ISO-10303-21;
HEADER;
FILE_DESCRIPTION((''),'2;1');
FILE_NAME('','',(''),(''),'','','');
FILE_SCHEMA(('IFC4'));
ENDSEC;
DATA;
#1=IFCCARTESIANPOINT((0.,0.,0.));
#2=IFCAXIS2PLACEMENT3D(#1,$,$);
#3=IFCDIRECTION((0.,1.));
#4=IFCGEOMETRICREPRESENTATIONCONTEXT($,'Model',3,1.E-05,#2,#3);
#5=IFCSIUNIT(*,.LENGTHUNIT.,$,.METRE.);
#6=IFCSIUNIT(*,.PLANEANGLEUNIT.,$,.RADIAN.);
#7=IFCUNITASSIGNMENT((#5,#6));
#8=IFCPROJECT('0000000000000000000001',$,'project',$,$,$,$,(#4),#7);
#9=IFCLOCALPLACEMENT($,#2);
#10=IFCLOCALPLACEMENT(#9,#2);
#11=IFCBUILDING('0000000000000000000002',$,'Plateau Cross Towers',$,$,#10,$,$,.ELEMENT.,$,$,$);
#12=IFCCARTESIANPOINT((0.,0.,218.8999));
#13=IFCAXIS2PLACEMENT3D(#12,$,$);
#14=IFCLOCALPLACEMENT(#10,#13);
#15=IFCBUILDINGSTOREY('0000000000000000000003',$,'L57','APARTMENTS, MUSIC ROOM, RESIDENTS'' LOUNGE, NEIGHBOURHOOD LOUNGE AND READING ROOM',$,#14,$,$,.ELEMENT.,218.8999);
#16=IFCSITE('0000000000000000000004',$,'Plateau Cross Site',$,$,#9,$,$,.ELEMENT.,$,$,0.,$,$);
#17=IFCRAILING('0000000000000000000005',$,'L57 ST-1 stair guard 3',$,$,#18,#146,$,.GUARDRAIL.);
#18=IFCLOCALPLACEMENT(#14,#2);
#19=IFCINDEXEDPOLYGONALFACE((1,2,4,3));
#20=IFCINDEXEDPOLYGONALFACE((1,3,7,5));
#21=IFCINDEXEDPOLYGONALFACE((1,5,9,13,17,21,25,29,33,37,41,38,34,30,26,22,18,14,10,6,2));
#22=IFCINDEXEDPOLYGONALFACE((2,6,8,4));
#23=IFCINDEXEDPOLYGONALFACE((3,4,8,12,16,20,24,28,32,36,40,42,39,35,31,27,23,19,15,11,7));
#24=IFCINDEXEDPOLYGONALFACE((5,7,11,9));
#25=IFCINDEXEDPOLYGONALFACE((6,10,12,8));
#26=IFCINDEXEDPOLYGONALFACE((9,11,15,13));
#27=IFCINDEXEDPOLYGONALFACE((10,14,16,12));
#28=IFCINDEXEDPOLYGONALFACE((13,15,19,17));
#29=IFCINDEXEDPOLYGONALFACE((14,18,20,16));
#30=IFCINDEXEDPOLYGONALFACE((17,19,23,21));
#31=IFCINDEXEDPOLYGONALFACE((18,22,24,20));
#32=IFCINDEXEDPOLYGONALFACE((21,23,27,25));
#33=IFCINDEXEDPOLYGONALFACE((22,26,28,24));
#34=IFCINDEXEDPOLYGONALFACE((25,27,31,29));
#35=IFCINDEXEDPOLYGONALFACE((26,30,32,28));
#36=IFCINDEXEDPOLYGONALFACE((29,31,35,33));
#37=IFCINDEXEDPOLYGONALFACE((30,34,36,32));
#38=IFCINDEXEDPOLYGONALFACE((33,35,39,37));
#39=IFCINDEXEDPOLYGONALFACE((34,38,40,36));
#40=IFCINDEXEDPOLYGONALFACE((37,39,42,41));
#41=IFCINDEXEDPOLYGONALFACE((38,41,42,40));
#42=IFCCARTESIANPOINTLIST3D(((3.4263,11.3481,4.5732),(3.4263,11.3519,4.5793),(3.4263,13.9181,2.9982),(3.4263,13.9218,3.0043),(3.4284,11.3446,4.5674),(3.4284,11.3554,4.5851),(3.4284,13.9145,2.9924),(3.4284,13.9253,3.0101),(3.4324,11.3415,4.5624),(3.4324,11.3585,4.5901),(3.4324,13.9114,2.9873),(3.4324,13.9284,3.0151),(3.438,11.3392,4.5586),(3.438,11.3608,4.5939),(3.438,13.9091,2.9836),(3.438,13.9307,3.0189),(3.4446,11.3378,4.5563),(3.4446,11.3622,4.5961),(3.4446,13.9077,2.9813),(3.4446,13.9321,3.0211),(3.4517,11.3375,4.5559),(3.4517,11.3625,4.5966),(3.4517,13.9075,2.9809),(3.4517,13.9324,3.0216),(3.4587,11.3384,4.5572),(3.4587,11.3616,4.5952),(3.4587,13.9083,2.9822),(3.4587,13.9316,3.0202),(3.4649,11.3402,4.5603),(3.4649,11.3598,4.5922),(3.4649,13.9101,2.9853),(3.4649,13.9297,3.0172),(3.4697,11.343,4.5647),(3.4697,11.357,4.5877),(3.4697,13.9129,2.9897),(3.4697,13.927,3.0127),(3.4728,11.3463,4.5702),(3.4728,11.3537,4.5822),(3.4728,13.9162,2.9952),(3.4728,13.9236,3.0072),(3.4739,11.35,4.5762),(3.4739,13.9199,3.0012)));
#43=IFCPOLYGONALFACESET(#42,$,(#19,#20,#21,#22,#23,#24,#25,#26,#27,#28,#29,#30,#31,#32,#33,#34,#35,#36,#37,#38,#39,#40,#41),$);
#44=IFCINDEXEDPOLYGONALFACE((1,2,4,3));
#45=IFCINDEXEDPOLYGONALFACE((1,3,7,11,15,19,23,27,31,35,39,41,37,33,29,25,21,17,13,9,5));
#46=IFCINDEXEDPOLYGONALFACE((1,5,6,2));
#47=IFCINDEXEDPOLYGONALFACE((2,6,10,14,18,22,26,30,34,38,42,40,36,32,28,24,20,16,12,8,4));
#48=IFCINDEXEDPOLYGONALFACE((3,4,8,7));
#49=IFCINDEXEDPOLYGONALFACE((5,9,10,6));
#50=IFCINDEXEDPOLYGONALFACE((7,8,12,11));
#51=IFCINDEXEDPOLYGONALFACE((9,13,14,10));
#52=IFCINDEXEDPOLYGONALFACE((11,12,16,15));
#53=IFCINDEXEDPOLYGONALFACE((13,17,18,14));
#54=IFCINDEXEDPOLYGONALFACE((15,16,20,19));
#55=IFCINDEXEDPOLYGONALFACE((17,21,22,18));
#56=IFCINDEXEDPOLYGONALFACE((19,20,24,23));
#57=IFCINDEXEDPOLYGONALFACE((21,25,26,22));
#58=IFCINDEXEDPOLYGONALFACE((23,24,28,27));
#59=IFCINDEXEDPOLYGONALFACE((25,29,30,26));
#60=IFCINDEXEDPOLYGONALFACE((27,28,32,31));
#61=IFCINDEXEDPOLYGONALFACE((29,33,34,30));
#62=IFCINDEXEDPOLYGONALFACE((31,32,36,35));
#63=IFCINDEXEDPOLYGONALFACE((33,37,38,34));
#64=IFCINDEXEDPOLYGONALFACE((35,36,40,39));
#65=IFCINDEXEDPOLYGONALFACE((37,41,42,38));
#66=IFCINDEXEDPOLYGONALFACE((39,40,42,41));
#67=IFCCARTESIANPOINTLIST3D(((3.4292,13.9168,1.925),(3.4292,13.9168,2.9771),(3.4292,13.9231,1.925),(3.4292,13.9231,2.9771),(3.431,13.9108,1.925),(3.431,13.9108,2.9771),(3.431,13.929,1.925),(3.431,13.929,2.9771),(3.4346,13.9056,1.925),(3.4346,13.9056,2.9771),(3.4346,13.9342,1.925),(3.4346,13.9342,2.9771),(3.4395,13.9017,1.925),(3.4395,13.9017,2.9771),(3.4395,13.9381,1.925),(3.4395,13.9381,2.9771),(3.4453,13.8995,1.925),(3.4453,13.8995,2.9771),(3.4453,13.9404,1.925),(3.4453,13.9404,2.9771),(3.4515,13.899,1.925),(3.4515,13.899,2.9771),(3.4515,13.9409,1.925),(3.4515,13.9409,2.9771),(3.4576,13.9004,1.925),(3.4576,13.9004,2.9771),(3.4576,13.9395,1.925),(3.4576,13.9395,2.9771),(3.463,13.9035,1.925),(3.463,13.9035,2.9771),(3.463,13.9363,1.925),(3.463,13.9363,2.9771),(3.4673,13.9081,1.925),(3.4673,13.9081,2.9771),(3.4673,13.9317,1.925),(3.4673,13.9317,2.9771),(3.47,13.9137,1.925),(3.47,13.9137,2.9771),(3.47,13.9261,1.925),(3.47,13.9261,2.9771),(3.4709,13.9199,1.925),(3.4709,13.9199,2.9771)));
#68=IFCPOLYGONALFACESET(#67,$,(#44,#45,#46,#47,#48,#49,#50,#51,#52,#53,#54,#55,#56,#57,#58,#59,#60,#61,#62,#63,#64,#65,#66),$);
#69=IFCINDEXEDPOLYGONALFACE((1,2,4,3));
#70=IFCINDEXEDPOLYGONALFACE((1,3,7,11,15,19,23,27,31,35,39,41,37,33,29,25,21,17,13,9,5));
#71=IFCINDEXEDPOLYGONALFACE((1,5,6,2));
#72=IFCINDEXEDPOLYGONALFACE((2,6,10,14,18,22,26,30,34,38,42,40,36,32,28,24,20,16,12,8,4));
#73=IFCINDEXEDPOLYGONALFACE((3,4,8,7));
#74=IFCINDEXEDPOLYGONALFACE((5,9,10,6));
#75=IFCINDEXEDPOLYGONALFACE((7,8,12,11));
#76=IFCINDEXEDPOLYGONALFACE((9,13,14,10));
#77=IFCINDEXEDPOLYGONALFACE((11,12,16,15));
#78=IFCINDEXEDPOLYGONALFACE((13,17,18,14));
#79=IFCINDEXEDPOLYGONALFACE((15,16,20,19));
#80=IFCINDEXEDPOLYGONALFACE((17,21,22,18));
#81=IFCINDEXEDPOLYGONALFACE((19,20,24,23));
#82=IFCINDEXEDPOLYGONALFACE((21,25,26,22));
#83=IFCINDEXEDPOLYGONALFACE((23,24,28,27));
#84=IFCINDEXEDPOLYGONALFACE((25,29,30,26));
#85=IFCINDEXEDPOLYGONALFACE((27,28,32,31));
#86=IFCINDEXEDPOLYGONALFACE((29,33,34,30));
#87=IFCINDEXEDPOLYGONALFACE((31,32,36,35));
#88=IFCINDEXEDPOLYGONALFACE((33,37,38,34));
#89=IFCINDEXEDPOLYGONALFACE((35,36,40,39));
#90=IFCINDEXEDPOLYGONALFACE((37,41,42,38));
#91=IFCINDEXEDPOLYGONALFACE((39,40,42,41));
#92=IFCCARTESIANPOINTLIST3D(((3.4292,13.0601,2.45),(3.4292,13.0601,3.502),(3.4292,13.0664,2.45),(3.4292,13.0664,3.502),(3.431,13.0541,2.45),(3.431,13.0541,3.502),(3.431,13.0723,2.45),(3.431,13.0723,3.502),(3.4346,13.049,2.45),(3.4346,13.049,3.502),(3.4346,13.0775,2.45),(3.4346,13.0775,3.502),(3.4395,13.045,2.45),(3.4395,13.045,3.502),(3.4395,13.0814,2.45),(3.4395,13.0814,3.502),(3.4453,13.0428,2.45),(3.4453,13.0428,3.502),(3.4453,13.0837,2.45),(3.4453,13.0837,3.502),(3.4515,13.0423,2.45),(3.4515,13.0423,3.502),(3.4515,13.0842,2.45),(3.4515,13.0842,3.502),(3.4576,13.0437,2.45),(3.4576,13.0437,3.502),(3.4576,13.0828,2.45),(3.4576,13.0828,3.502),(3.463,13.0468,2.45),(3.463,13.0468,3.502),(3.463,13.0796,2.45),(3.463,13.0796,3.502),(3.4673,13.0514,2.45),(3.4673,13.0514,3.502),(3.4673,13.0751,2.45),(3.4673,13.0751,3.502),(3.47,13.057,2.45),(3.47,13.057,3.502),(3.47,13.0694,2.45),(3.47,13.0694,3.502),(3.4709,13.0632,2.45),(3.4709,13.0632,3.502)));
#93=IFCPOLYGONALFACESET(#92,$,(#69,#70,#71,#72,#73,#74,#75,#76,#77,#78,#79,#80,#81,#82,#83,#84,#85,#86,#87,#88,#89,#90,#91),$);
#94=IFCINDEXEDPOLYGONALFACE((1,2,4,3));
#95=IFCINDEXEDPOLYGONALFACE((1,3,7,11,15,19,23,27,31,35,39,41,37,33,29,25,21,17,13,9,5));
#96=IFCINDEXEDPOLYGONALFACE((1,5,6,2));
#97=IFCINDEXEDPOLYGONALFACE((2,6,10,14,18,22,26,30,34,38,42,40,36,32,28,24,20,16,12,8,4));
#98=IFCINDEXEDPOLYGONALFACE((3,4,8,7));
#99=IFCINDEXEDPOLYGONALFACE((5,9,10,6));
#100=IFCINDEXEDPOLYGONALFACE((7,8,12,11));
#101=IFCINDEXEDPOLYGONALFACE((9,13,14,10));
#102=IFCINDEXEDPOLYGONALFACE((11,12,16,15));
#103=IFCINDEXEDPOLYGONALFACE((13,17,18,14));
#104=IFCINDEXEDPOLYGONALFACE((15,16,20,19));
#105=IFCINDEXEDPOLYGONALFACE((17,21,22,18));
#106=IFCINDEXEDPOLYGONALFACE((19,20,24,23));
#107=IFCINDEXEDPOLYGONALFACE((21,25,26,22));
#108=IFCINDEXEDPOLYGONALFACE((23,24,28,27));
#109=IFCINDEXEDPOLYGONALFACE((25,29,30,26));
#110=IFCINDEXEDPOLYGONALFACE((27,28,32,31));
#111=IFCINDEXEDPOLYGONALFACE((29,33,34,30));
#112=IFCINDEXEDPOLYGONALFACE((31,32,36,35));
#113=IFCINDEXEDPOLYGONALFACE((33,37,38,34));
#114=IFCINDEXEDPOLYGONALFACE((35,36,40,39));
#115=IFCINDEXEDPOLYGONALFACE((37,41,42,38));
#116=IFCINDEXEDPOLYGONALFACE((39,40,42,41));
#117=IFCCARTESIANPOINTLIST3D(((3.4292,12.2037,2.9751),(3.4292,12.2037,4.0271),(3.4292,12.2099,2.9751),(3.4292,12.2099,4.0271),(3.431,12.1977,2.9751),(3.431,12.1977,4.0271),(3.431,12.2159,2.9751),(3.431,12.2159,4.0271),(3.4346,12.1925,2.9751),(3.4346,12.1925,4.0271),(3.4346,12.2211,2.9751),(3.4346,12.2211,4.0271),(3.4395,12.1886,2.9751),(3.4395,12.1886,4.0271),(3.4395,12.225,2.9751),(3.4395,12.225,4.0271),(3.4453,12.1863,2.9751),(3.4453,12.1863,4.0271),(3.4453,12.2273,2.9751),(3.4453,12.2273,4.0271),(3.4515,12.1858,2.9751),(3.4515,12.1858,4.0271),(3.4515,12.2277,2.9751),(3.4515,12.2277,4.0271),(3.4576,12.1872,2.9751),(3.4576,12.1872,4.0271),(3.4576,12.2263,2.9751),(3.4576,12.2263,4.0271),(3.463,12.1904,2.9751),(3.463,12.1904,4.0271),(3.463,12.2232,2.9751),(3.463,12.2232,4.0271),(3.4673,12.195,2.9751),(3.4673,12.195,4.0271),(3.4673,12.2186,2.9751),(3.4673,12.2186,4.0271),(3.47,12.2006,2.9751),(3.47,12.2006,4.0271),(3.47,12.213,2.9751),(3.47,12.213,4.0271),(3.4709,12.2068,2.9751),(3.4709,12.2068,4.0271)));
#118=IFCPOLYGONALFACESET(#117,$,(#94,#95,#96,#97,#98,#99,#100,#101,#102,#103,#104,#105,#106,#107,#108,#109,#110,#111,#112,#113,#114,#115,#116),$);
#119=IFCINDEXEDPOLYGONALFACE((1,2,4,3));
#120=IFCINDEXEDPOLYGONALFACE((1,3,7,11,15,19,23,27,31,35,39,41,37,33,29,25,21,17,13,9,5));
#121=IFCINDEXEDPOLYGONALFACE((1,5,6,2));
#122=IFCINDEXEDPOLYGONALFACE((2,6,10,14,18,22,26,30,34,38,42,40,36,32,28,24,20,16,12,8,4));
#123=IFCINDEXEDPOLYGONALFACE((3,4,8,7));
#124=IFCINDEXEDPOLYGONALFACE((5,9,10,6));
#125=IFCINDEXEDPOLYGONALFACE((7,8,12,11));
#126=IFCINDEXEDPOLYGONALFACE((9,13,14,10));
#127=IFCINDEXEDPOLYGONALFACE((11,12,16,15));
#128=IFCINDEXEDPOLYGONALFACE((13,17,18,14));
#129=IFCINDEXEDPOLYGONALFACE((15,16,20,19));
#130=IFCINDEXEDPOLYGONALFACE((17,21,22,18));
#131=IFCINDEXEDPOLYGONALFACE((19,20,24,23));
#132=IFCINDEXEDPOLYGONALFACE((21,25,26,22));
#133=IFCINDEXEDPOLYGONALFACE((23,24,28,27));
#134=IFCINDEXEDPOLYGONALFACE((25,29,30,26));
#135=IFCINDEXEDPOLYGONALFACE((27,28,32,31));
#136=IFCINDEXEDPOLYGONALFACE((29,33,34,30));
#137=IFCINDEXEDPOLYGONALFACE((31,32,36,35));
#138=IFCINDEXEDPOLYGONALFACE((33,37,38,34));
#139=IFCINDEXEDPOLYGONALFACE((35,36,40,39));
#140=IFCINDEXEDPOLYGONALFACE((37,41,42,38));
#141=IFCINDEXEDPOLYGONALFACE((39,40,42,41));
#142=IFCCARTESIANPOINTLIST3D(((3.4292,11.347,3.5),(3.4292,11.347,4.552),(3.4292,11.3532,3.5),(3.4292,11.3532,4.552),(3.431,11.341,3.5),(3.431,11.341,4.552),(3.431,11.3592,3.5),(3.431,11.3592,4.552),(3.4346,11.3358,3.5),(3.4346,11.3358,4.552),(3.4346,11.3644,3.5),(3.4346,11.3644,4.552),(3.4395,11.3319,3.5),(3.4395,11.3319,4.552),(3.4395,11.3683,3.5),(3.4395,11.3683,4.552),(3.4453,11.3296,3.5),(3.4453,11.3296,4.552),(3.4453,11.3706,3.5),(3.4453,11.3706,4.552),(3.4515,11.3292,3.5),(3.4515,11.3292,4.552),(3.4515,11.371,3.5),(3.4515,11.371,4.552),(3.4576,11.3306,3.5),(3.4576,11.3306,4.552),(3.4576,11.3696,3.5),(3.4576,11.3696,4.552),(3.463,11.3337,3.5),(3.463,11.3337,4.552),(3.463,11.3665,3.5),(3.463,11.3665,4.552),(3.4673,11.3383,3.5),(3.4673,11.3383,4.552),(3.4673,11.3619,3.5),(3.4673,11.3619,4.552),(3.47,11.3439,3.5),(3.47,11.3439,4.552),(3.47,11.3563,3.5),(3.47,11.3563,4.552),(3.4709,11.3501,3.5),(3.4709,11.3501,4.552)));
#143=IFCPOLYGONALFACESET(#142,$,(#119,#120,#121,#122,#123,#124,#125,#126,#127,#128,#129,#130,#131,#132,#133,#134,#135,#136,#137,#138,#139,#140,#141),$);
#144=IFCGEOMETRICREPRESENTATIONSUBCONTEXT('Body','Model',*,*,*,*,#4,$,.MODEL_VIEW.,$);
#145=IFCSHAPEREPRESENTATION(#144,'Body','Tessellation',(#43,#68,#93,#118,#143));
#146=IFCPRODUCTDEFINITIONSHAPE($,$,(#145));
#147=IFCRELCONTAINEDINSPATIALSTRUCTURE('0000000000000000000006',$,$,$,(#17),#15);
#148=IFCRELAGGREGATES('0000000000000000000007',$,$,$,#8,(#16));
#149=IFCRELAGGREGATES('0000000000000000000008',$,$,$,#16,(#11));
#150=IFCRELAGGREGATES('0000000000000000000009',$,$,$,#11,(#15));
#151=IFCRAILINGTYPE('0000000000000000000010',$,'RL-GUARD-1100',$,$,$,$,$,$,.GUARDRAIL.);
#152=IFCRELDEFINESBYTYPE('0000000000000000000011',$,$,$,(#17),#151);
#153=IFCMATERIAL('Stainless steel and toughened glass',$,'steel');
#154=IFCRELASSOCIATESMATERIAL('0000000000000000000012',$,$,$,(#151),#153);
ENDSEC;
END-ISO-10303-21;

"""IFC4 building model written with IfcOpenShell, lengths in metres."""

from ifc_helpers import new_model, si_unit, direction, frame, origin, origin_2d, place, context, subcontext, project, spatial, circle, extrude, material, type_object, element, save


model = new_model("IFC4")

# Units and contexts
model_context = context("Model", 3, precision=1e-05, world=origin(), true_north=direction((0.0, 1.0)))
body_context = subcontext(model_context, "Body", "Model", "MODEL_VIEW")
ifc_project = project(units=[si_unit("LENGTHUNIT", "METRE"), si_unit("PLANEANGLEUNIT", "RADIAN")], contexts=[model_context])

# Site, building, storey
site_placement = place(None, origin())
site = spatial("IfcSite", under=ifc_project, at=site_placement, Name="Plateau Cross Site", CompositionType="ELEMENT", RefElevation=0.0)
building_placement = place(site_placement, origin())
building = spatial("IfcBuilding", under=site, at=building_placement, Name="Plateau Cross Towers", CompositionType="ELEMENT")
storey_placement = place(building_placement, frame((0.0, 0.0, 218.8999)))
storey = spatial("IfcBuildingStorey", under=building, at=storey_placement, Name="L57", Description="APARTMENTS, MUSIC ROOM, RESIDENTS' LOUNGE, NEIGHBOURHOOD LOUNGE AND READING ROOM", CompositionType="ELEMENT", Elevation=218.8999)

# Railing
ifc_material_1 = material(Name="Stainless steel and toughened glass", Category="steel")
railing_type = type_object("IfcRailingType", Name="RL-GUARD-1100", PredefinedType="GUARDRAIL", material=ifc_material_1)
railing_1_placement = place(storey_placement, frame((3.45, 13.9199, 1.925)))
element("IfcRailing", 1, at=railing_1_placement, inside=storey, type_object=railing_type, Name="L57 ST-1 stair guard 3", PredefinedType="GUARDRAIL", context=body_context, shape_type="SweptSolid", body=[
    extrude(circle(Radius=0.0239, at=origin_2d()), frame((0.0, 0.0, 1.0762), z_axis=(0.0, -0.852616, 0.522537), x_axis=(1.0, 0.0, 0.0)), (0.0, 0.0, 1.0), 3.0142),
    extrude(circle(Radius=0.021, at=origin_2d()), origin(), (0.0, 0.0, 1.0), 1.052),
    extrude(circle(Radius=0.021, at=origin_2d()), frame((0.0, -0.8567, 0.5249)), (0.0, 0.0, 1.0), 1.052),
    extrude(circle(Radius=0.021, at=origin_2d()), frame((0.0, -1.7131, 1.05)), (0.0, 0.0, 1.0), 1.052),
    extrude(circle(Radius=0.021, at=origin_2d()), frame((0.0, -2.5698, 1.575)), (0.0, 0.0, 1.0), 1.052),
])

save(model, "model.ifc")
